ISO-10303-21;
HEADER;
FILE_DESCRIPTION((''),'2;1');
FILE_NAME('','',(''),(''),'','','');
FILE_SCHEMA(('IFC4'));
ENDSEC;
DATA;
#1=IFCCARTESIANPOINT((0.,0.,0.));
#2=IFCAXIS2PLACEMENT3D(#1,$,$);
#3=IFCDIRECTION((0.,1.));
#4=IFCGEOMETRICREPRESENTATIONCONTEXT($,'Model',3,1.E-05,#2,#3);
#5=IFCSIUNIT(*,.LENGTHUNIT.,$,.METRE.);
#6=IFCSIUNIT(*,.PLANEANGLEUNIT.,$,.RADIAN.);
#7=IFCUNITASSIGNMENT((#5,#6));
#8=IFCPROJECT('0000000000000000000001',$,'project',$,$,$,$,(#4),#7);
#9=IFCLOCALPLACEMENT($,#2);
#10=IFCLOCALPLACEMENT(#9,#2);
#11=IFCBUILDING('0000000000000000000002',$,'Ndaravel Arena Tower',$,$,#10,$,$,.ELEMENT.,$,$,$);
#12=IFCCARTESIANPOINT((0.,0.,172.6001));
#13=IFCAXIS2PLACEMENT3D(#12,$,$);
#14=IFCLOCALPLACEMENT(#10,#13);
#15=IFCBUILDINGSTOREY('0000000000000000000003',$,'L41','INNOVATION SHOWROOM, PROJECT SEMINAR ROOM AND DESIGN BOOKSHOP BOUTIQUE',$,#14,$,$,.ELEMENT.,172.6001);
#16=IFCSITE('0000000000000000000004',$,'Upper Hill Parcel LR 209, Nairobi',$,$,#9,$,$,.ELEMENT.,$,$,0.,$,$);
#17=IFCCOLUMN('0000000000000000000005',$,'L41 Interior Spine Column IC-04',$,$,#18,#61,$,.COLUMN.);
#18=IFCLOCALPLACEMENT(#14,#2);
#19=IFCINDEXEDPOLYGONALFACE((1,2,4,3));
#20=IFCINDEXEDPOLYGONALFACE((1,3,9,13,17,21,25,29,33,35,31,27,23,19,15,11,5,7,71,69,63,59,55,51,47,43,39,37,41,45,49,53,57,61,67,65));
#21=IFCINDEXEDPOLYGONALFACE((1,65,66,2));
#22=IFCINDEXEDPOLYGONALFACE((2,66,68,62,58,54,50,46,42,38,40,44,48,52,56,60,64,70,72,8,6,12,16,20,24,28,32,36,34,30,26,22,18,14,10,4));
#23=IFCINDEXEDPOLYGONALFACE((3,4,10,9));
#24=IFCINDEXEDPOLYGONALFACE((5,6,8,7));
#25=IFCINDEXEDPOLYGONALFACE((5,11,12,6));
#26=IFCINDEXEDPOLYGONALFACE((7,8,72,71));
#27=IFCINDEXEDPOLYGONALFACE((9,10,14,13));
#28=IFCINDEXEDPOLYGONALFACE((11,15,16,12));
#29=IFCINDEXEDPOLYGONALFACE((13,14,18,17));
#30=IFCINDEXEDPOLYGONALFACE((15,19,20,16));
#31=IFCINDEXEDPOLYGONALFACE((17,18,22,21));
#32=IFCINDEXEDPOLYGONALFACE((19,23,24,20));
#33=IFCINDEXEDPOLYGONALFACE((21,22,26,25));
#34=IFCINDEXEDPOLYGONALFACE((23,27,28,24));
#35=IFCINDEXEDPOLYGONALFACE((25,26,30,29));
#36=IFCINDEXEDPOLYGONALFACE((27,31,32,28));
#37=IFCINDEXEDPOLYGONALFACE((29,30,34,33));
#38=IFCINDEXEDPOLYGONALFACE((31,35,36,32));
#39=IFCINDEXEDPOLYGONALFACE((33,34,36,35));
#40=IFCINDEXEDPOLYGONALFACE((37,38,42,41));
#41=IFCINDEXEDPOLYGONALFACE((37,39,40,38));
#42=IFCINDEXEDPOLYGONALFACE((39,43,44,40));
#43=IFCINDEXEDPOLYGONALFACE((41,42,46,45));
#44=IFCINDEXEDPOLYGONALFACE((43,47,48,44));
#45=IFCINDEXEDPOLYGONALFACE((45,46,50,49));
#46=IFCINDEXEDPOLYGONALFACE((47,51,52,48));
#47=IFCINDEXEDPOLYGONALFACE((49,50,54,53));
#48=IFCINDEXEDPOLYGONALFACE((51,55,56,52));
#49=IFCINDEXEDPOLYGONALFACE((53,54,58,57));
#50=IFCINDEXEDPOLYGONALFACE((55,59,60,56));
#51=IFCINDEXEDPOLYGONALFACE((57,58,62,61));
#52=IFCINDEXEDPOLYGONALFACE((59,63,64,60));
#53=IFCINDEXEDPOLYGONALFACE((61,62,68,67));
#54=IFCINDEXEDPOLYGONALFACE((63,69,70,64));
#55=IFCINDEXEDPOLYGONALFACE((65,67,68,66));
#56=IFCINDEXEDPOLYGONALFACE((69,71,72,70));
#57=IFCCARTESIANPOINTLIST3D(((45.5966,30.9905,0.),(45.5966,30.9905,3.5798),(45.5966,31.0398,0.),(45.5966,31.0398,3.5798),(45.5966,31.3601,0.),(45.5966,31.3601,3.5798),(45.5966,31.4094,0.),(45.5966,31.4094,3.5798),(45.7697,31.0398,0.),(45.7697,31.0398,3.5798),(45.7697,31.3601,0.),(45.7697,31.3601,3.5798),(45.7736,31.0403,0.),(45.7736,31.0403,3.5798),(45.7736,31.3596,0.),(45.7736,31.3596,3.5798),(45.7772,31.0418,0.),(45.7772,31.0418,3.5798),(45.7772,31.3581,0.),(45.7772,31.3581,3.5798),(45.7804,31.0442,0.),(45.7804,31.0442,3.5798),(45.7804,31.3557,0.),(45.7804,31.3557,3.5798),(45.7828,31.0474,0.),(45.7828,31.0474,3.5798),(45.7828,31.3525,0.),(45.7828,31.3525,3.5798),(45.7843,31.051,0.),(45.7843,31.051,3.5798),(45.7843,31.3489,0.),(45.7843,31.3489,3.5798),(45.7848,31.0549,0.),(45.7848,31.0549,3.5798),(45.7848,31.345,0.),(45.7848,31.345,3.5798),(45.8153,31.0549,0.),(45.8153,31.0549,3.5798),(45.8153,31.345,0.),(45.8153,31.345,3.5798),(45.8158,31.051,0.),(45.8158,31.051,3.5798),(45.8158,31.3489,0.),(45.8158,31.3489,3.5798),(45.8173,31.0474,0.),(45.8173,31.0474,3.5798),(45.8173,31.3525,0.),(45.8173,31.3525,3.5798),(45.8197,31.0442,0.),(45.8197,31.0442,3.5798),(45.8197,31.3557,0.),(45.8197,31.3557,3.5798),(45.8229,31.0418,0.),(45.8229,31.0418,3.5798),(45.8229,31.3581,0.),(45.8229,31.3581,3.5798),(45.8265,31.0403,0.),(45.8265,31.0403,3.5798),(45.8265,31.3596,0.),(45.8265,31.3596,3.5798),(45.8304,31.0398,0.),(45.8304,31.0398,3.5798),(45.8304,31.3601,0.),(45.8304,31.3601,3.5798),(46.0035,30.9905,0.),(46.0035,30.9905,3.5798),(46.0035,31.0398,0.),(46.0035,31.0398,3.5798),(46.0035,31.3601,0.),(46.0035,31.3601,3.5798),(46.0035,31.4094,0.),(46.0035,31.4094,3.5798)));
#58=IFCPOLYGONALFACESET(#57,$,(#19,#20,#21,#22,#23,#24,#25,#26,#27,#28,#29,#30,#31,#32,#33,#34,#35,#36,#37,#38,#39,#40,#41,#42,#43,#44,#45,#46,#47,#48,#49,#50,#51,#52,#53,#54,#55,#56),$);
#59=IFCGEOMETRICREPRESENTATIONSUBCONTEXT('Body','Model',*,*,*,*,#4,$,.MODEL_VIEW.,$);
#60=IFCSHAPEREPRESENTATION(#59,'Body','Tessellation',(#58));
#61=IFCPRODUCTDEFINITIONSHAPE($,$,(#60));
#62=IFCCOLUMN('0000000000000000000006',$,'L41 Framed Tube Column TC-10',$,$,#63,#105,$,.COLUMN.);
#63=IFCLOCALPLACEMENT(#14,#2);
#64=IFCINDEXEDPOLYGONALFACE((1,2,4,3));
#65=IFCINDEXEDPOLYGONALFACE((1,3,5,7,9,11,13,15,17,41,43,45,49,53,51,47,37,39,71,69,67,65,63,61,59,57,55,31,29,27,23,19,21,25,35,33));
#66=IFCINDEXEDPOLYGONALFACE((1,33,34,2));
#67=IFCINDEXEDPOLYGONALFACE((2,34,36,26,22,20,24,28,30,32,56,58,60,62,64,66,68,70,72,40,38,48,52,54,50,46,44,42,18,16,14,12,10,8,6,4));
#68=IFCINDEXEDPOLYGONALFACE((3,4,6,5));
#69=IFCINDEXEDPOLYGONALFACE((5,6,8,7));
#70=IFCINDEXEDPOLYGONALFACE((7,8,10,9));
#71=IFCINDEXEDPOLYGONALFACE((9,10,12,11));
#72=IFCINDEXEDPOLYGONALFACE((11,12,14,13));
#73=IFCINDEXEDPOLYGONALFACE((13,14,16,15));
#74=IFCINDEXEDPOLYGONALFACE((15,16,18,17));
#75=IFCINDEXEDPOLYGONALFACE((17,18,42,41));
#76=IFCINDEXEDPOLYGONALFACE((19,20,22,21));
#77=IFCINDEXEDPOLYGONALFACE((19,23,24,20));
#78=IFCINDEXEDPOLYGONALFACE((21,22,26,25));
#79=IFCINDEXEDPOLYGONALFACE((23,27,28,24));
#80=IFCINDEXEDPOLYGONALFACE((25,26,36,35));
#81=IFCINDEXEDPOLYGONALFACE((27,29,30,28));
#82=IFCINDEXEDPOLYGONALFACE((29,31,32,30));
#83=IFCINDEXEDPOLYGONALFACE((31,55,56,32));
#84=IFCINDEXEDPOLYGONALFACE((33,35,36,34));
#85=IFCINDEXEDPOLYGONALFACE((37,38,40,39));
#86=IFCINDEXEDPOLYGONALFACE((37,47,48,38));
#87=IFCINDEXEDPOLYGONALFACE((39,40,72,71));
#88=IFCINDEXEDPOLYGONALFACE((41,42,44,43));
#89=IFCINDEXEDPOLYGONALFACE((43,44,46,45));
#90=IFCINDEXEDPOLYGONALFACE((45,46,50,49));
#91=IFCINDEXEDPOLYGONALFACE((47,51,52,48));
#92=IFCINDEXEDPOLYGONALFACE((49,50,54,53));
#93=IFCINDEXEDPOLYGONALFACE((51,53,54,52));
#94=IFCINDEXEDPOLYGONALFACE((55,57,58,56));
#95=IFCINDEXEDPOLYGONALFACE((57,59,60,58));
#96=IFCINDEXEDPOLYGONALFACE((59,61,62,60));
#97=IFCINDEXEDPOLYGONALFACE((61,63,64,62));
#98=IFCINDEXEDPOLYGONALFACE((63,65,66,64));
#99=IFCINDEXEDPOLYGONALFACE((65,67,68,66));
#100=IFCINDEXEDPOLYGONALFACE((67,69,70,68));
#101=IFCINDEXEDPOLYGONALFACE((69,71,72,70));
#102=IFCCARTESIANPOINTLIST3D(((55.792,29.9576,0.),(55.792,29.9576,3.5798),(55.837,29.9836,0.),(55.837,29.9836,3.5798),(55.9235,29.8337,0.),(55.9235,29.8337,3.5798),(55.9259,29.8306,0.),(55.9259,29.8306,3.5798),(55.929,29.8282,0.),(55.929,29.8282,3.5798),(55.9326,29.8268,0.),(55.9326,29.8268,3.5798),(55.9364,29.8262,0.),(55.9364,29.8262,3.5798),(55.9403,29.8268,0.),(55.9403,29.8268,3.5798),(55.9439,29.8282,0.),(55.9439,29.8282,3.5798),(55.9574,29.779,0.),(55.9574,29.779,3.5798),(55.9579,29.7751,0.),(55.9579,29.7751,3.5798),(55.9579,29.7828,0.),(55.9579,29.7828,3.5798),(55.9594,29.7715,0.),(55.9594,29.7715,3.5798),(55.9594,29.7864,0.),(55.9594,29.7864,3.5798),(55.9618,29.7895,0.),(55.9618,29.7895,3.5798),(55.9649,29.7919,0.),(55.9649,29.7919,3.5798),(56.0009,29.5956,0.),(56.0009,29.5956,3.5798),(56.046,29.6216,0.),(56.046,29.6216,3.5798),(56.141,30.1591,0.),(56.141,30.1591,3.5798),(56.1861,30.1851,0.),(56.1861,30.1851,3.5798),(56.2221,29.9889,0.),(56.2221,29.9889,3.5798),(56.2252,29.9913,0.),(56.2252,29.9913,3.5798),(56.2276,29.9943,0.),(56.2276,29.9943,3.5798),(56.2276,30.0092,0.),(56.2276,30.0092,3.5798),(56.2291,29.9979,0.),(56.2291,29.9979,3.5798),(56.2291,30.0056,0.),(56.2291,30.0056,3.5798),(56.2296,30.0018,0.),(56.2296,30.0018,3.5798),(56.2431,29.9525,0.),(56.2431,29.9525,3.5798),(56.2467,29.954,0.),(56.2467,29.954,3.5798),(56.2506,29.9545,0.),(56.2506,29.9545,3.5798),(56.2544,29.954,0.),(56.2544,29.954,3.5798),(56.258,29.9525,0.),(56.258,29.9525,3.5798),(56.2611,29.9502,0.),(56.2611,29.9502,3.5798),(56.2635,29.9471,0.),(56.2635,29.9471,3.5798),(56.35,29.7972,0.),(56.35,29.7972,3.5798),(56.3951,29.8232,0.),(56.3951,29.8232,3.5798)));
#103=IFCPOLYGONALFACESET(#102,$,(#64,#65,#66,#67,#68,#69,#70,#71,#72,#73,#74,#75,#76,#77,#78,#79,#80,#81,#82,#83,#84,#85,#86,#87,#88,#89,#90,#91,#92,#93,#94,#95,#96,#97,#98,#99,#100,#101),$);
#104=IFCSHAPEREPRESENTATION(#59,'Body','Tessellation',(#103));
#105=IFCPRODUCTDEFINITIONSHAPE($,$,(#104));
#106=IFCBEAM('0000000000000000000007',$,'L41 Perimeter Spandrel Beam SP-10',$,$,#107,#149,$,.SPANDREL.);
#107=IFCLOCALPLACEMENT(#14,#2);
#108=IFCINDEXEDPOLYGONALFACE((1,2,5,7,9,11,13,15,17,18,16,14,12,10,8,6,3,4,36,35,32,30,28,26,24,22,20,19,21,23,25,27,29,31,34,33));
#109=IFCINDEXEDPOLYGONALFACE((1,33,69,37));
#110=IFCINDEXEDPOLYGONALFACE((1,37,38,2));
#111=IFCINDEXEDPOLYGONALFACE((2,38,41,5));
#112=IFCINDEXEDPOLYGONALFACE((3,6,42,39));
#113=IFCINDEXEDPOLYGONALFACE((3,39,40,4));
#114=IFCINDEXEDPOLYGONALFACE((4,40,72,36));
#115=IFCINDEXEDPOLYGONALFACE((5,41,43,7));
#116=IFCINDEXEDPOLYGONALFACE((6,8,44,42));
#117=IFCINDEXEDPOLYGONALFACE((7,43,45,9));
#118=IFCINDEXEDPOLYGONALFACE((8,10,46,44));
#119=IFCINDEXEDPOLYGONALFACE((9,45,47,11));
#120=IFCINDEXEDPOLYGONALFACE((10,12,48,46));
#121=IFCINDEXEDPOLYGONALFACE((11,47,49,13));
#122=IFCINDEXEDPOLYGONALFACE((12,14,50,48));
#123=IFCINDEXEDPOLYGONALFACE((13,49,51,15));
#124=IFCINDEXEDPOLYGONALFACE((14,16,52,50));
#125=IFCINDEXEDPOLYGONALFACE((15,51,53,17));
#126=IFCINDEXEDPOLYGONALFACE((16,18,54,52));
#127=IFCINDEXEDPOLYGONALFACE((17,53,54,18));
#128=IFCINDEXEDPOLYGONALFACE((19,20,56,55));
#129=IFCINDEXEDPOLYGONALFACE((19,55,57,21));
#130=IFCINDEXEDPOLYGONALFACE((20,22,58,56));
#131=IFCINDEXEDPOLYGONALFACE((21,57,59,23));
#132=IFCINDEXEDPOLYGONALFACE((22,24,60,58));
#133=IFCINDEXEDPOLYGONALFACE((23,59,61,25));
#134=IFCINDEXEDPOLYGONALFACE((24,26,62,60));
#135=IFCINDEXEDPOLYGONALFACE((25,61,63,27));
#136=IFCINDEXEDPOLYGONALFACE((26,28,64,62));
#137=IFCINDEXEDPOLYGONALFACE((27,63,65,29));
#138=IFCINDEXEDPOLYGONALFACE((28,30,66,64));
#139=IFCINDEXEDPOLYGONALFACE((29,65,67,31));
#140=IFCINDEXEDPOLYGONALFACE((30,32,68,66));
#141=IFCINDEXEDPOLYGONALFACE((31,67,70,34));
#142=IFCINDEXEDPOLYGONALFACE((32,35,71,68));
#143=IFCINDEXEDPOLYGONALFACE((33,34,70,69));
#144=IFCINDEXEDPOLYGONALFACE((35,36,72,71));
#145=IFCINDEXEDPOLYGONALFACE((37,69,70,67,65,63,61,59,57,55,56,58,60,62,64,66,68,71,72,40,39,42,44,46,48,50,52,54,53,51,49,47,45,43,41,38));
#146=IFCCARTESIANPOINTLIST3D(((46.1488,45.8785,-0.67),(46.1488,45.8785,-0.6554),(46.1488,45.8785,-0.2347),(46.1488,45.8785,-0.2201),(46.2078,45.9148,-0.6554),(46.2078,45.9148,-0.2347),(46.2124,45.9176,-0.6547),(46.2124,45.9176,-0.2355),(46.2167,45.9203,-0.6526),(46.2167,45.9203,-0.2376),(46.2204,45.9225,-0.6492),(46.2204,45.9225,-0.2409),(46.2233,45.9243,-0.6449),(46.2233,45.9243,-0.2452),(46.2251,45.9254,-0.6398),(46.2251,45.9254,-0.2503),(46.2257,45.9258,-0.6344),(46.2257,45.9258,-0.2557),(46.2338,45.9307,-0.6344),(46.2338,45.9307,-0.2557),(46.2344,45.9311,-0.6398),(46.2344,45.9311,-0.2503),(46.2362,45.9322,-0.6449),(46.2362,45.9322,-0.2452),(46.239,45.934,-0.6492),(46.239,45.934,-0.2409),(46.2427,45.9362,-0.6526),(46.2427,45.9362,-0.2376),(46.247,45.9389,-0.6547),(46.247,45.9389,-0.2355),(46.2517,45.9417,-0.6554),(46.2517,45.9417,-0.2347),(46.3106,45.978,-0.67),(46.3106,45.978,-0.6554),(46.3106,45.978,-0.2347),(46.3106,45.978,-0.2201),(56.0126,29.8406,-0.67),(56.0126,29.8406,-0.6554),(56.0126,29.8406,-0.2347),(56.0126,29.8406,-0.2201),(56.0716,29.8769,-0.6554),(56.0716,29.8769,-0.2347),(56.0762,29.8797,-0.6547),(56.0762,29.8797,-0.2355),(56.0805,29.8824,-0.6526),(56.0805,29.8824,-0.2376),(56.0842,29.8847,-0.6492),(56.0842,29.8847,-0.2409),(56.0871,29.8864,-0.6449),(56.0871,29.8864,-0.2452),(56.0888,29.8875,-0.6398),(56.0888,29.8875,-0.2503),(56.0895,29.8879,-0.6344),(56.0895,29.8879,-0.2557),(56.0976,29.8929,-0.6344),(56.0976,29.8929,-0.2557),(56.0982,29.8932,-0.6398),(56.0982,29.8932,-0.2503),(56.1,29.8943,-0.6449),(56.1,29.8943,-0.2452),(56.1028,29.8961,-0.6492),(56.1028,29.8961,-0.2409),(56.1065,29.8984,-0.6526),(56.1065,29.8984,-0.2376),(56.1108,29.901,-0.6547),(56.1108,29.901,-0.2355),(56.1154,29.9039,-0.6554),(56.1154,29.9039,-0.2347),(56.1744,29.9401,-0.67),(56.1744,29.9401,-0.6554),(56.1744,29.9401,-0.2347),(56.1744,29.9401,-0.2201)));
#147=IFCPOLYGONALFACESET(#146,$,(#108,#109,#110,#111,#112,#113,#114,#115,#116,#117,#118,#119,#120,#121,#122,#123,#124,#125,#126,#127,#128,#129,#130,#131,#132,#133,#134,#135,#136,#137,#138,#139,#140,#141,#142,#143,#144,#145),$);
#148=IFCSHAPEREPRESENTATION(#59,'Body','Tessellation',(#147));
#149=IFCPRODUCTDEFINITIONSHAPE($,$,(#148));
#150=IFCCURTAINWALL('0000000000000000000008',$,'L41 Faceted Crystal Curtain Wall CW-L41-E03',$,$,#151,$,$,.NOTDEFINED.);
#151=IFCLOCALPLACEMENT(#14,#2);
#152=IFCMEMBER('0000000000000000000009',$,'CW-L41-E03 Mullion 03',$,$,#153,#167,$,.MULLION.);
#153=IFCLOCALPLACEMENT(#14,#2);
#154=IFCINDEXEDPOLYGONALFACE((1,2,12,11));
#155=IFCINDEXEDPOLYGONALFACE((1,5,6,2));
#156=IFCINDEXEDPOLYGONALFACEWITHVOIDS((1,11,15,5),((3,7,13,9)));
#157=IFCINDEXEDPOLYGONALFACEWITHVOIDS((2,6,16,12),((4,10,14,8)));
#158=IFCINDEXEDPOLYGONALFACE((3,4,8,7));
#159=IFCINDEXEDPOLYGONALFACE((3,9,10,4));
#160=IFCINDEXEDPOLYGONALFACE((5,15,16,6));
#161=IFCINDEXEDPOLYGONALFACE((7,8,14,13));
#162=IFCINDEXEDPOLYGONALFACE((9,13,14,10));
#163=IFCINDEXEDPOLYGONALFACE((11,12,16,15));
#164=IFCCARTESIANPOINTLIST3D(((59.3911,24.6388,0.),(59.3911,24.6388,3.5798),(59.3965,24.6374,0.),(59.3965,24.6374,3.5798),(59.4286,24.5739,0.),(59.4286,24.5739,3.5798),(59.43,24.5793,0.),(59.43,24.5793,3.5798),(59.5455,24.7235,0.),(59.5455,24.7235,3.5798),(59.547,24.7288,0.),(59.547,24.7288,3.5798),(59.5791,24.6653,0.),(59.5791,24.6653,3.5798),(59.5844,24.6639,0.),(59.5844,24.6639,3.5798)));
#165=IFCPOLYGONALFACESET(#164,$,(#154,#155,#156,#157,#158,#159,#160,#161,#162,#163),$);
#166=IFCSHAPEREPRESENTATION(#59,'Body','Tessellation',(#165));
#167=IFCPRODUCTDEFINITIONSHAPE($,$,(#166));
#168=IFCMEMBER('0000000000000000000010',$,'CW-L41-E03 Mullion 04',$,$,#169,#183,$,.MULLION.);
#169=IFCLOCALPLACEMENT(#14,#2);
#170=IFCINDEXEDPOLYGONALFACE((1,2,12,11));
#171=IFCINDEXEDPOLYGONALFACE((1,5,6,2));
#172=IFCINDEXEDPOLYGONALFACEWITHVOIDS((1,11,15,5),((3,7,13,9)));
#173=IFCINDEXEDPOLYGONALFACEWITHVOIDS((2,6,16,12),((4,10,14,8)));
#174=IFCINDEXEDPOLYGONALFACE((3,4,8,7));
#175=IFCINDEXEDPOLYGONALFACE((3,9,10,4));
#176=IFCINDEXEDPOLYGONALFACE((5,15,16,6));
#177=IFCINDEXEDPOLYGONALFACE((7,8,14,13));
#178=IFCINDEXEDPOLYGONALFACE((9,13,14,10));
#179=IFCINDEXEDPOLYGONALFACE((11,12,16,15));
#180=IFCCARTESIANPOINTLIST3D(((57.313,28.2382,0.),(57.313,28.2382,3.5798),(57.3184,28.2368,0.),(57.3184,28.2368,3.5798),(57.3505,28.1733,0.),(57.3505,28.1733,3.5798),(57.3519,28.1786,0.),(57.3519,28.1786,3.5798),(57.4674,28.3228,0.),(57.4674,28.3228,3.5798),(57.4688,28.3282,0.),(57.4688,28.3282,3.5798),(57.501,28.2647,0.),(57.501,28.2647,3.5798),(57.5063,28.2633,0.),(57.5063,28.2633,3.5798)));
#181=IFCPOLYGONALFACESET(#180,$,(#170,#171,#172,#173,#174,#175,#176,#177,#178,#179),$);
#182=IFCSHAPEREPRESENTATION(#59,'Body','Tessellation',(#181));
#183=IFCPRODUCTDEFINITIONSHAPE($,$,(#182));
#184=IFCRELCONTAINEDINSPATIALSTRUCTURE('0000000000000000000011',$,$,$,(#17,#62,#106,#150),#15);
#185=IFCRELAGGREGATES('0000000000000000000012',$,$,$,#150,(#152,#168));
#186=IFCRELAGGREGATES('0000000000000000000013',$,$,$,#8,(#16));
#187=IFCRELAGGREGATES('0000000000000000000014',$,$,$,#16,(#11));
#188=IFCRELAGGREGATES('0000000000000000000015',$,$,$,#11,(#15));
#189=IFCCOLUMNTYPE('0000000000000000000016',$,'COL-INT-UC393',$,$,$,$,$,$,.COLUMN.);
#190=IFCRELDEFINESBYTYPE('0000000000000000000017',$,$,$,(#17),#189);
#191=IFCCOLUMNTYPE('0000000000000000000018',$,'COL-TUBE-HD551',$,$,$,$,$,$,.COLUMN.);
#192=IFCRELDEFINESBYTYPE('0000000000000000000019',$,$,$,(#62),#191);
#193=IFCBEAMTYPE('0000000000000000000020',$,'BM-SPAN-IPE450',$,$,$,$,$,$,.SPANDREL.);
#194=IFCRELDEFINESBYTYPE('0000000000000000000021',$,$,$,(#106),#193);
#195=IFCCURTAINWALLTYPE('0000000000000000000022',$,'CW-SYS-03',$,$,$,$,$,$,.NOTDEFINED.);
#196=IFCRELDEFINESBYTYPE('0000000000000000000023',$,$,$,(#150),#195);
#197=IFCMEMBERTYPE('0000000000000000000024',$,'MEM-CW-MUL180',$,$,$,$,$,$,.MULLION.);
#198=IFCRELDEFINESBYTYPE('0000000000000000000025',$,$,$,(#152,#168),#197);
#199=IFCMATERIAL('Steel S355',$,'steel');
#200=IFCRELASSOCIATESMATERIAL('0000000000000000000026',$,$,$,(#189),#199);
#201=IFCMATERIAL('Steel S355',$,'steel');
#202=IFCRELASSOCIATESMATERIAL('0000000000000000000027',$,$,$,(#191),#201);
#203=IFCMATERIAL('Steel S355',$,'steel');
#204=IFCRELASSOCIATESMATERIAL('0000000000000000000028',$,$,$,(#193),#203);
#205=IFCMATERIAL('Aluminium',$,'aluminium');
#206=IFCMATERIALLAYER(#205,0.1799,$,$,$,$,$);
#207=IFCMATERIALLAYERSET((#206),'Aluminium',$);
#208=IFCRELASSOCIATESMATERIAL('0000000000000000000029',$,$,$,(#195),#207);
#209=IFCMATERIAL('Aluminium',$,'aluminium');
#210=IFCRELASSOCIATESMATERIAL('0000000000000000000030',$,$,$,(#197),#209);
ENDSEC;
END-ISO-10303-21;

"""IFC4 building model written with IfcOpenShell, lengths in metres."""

from ifc_helpers import new_model, si_unit, direction, frame, origin, origin_2d, place, context, subcontext, project, spatial, hollow_rectangle, i_section, extrude, material, layer, layer_set, material_profile, profile_set, type_object, element, aggregate, save


model = new_model("IFC4")

# Units and contexts
model_context = context("Model", 3, precision=1e-05, world=origin(), true_north=direction((0.0, 1.0)))
body_context = subcontext(model_context, "Body", "Model", "MODEL_VIEW")
ifc_project = project(units=[si_unit("LENGTHUNIT", "METRE"), si_unit("PLANEANGLEUNIT", "RADIAN")], contexts=[model_context])

# Site, building, storey
site_placement = place(None, origin())
site = spatial("IfcSite", under=ifc_project, at=site_placement, Name="Upper Hill Parcel LR 209, Nairobi", CompositionType="ELEMENT", RefElevation=0.0)
building_placement = place(site_placement, origin())
building = spatial("IfcBuilding", under=site, at=building_placement, Name="Ndaravel Arena Tower", CompositionType="ELEMENT")
storey_placement = place(building_placement, frame((0.0, 0.0, 172.6001)))
storey = spatial("IfcBuildingStorey", under=building, at=storey_placement, Name="L41", Description="INNOVATION SHOWROOM, PROJECT SEMINAR ROOM AND DESIGN BOOKSHOP BOUTIQUE", CompositionType="ELEMENT", Elevation=172.6001)

# Columns
ifc_material_1 = material(Name="Steel S355", Category="steel")
ifc_material_profile_1 = material_profile(ifc_material_1, i_section(OverallWidth=0.407, OverallDepth=0.4189, WebThickness=0.0305, FlangeThickness=0.0493, FilletRadius=0.0151, at=origin_2d()), Name="UC 356x406x393")
ifc_profile_set_1 = profile_set([ifc_material_profile_1], Name="Steel S355")
column_type_1 = type_object("IfcColumnType", Name="COL-INT-UC393", PredefinedType="COLUMN", material=ifc_profile_set_1)
column_1_placement = place(storey_placement, frame((45.8, 31.2, 0.0), z_axis=(0.0, 0.0, 1.0), x_axis=(1.0, 0.0, 0.0)))
element("IfcColumn", 1, at=column_1_placement, inside=storey, type_object=column_type_1, Name="L41 Interior Spine Column IC-04", PredefinedType="COLUMN", context=body_context, shape_type="SweptSolid", body=[
    extrude(i_section(OverallWidth=0.407, OverallDepth=0.4189, WebThickness=0.0305, FlangeThickness=0.0493, FilletRadius=0.0151, at=origin_2d()), origin(), (0.0, 0.0, 1.0), 3.5798),
])
ifc_material_2 = material(Name="Steel S355", Category="steel")
ifc_material_profile_2 = material_profile(ifc_material_2, i_section(OverallWidth=0.418, OverallDepth=0.4551, WebThickness=0.042, FlangeThickness=0.052, FilletRadius=0.0149, at=origin_2d()), Name="HD 400x551")
ifc_profile_set_2 = profile_set([ifc_material_profile_2], Name="Steel S355")
column_type_2 = type_object("IfcColumnType", Name="COL-TUBE-HD551", PredefinedType="COLUMN", material=ifc_profile_set_2)
column_2_placement = place(storey_placement, frame((56.0935, 29.8904, 0.0), z_axis=(0.0, 0.0, 1.0), x_axis=(-0.5, 0.866025, 0.0)))
element("IfcColumn", 2, at=column_2_placement, inside=storey, type_object=column_type_2, Name="L41 Framed Tube Column TC-10", PredefinedType="COLUMN", context=body_context, shape_type="SweptSolid", body=[
    extrude(i_section(OverallWidth=0.418, OverallDepth=0.4551, WebThickness=0.042, FlangeThickness=0.052, FilletRadius=0.0149, at=origin_2d()), origin(), (0.0, 0.0, 1.0), 3.5798),
])

# Beam
ifc_material_3 = material(Name="Steel S355", Category="steel")
ifc_material_profile_3 = material_profile(ifc_material_3, i_section(OverallWidth=0.1899, OverallDepth=0.45, WebThickness=0.0095, FlangeThickness=0.0146, FilletRadius=0.021, at=origin_2d()), Name="IPE 450")
ifc_profile_set_3 = profile_set([ifc_material_profile_3], Name="Steel S355")
beam_type = type_object("IfcBeamType", Name="BM-SPAN-IPE450", PredefinedType="SPANDREL", material=ifc_profile_set_3)
beam_placement = place(storey_placement, frame((56.0935, 29.8904, -0.4451), z_axis=(-0.523879, 0.851793, 0.0), x_axis=(-0.851793, -0.523879, 0.0)))
element("IfcBeam", 3, at=beam_placement, inside=storey, type_object=beam_type, Name="L41 Perimeter Spandrel Beam SP-10", PredefinedType="SPANDREL", context=body_context, shape_type="SweptSolid", body=[
    extrude(i_section(OverallWidth=0.1899, OverallDepth=0.45, WebThickness=0.0095, FlangeThickness=0.0146, FilletRadius=0.021, at=origin_2d()), origin(), (0.0, 0.0, 1.0), 18.8284),
])

# Curtain wall, members
ifc_material_4 = material(Name="Aluminium", Category="aluminium")
ifc_layer_1 = layer(ifc_material_4, 0.1799)
ifc_layer_set_1 = layer_set([ifc_layer_1], Name="Aluminium")
curtain_wall_type = type_object("IfcCurtainWallType", Name="CW-SYS-03", PredefinedType="NOTDEFINED", material=ifc_layer_set_1)
curtain_wall_placement = place(storey_placement, origin())
curtain_wall = element("IfcCurtainWall", 4, at=curtain_wall_placement, inside=storey, type_object=curtain_wall_type, Name="L41 Faceted Crystal Curtain Wall CW-L41-E03", PredefinedType="NOTDEFINED")
ifc_material_5 = material(Name="Aluminium", Category="aluminium")
ifc_material_profile_4 = material_profile(ifc_material_5, hollow_rectangle(XDim=0.075, YDim=0.1799, WallThickness=0.0039, at=origin_2d()), Name="CW MULLION 75x180x4")
ifc_profile_set_4 = profile_set([ifc_material_profile_4], Name="Aluminium")
member_type = type_object("IfcMemberType", Name="MEM-CW-MUL180", PredefinedType="MULLION", material=ifc_profile_set_4)
member_1_placement = place(storey_placement, frame((59.4878, 24.6514, 0.0), z_axis=(0.0, 0.0, 1.0), x_axis=(-0.5, 0.866025, 0.0)))
member_1 = element("IfcMember", 5, at=member_1_placement, type_object=member_type, Name="CW-L41-E03 Mullion 03", PredefinedType="MULLION", context=body_context, shape_type="SweptSolid", body=[
    extrude(hollow_rectangle(XDim=0.075, YDim=0.1799, WallThickness=0.0039, at=origin_2d()), origin(), (0.0, 0.0, 1.0), 3.5798),
])
member_2_placement = place(storey_placement, frame((57.4097, 28.2507, 0.0), z_axis=(0.0, 0.0, 1.0), x_axis=(-0.5, 0.866025, 0.0)))
member_2 = element("IfcMember", 6, at=member_2_placement, type_object=member_type, Name="CW-L41-E03 Mullion 04", PredefinedType="MULLION", context=body_context, shape_type="SweptSolid", body=[
    extrude(hollow_rectangle(XDim=0.075, YDim=0.1799, WallThickness=0.0039, at=origin_2d()), origin(), (0.0, 0.0, 1.0), 3.5798),
])
aggregate(curtain_wall, [member_1, member_2])

save(model, "model.ifc")
